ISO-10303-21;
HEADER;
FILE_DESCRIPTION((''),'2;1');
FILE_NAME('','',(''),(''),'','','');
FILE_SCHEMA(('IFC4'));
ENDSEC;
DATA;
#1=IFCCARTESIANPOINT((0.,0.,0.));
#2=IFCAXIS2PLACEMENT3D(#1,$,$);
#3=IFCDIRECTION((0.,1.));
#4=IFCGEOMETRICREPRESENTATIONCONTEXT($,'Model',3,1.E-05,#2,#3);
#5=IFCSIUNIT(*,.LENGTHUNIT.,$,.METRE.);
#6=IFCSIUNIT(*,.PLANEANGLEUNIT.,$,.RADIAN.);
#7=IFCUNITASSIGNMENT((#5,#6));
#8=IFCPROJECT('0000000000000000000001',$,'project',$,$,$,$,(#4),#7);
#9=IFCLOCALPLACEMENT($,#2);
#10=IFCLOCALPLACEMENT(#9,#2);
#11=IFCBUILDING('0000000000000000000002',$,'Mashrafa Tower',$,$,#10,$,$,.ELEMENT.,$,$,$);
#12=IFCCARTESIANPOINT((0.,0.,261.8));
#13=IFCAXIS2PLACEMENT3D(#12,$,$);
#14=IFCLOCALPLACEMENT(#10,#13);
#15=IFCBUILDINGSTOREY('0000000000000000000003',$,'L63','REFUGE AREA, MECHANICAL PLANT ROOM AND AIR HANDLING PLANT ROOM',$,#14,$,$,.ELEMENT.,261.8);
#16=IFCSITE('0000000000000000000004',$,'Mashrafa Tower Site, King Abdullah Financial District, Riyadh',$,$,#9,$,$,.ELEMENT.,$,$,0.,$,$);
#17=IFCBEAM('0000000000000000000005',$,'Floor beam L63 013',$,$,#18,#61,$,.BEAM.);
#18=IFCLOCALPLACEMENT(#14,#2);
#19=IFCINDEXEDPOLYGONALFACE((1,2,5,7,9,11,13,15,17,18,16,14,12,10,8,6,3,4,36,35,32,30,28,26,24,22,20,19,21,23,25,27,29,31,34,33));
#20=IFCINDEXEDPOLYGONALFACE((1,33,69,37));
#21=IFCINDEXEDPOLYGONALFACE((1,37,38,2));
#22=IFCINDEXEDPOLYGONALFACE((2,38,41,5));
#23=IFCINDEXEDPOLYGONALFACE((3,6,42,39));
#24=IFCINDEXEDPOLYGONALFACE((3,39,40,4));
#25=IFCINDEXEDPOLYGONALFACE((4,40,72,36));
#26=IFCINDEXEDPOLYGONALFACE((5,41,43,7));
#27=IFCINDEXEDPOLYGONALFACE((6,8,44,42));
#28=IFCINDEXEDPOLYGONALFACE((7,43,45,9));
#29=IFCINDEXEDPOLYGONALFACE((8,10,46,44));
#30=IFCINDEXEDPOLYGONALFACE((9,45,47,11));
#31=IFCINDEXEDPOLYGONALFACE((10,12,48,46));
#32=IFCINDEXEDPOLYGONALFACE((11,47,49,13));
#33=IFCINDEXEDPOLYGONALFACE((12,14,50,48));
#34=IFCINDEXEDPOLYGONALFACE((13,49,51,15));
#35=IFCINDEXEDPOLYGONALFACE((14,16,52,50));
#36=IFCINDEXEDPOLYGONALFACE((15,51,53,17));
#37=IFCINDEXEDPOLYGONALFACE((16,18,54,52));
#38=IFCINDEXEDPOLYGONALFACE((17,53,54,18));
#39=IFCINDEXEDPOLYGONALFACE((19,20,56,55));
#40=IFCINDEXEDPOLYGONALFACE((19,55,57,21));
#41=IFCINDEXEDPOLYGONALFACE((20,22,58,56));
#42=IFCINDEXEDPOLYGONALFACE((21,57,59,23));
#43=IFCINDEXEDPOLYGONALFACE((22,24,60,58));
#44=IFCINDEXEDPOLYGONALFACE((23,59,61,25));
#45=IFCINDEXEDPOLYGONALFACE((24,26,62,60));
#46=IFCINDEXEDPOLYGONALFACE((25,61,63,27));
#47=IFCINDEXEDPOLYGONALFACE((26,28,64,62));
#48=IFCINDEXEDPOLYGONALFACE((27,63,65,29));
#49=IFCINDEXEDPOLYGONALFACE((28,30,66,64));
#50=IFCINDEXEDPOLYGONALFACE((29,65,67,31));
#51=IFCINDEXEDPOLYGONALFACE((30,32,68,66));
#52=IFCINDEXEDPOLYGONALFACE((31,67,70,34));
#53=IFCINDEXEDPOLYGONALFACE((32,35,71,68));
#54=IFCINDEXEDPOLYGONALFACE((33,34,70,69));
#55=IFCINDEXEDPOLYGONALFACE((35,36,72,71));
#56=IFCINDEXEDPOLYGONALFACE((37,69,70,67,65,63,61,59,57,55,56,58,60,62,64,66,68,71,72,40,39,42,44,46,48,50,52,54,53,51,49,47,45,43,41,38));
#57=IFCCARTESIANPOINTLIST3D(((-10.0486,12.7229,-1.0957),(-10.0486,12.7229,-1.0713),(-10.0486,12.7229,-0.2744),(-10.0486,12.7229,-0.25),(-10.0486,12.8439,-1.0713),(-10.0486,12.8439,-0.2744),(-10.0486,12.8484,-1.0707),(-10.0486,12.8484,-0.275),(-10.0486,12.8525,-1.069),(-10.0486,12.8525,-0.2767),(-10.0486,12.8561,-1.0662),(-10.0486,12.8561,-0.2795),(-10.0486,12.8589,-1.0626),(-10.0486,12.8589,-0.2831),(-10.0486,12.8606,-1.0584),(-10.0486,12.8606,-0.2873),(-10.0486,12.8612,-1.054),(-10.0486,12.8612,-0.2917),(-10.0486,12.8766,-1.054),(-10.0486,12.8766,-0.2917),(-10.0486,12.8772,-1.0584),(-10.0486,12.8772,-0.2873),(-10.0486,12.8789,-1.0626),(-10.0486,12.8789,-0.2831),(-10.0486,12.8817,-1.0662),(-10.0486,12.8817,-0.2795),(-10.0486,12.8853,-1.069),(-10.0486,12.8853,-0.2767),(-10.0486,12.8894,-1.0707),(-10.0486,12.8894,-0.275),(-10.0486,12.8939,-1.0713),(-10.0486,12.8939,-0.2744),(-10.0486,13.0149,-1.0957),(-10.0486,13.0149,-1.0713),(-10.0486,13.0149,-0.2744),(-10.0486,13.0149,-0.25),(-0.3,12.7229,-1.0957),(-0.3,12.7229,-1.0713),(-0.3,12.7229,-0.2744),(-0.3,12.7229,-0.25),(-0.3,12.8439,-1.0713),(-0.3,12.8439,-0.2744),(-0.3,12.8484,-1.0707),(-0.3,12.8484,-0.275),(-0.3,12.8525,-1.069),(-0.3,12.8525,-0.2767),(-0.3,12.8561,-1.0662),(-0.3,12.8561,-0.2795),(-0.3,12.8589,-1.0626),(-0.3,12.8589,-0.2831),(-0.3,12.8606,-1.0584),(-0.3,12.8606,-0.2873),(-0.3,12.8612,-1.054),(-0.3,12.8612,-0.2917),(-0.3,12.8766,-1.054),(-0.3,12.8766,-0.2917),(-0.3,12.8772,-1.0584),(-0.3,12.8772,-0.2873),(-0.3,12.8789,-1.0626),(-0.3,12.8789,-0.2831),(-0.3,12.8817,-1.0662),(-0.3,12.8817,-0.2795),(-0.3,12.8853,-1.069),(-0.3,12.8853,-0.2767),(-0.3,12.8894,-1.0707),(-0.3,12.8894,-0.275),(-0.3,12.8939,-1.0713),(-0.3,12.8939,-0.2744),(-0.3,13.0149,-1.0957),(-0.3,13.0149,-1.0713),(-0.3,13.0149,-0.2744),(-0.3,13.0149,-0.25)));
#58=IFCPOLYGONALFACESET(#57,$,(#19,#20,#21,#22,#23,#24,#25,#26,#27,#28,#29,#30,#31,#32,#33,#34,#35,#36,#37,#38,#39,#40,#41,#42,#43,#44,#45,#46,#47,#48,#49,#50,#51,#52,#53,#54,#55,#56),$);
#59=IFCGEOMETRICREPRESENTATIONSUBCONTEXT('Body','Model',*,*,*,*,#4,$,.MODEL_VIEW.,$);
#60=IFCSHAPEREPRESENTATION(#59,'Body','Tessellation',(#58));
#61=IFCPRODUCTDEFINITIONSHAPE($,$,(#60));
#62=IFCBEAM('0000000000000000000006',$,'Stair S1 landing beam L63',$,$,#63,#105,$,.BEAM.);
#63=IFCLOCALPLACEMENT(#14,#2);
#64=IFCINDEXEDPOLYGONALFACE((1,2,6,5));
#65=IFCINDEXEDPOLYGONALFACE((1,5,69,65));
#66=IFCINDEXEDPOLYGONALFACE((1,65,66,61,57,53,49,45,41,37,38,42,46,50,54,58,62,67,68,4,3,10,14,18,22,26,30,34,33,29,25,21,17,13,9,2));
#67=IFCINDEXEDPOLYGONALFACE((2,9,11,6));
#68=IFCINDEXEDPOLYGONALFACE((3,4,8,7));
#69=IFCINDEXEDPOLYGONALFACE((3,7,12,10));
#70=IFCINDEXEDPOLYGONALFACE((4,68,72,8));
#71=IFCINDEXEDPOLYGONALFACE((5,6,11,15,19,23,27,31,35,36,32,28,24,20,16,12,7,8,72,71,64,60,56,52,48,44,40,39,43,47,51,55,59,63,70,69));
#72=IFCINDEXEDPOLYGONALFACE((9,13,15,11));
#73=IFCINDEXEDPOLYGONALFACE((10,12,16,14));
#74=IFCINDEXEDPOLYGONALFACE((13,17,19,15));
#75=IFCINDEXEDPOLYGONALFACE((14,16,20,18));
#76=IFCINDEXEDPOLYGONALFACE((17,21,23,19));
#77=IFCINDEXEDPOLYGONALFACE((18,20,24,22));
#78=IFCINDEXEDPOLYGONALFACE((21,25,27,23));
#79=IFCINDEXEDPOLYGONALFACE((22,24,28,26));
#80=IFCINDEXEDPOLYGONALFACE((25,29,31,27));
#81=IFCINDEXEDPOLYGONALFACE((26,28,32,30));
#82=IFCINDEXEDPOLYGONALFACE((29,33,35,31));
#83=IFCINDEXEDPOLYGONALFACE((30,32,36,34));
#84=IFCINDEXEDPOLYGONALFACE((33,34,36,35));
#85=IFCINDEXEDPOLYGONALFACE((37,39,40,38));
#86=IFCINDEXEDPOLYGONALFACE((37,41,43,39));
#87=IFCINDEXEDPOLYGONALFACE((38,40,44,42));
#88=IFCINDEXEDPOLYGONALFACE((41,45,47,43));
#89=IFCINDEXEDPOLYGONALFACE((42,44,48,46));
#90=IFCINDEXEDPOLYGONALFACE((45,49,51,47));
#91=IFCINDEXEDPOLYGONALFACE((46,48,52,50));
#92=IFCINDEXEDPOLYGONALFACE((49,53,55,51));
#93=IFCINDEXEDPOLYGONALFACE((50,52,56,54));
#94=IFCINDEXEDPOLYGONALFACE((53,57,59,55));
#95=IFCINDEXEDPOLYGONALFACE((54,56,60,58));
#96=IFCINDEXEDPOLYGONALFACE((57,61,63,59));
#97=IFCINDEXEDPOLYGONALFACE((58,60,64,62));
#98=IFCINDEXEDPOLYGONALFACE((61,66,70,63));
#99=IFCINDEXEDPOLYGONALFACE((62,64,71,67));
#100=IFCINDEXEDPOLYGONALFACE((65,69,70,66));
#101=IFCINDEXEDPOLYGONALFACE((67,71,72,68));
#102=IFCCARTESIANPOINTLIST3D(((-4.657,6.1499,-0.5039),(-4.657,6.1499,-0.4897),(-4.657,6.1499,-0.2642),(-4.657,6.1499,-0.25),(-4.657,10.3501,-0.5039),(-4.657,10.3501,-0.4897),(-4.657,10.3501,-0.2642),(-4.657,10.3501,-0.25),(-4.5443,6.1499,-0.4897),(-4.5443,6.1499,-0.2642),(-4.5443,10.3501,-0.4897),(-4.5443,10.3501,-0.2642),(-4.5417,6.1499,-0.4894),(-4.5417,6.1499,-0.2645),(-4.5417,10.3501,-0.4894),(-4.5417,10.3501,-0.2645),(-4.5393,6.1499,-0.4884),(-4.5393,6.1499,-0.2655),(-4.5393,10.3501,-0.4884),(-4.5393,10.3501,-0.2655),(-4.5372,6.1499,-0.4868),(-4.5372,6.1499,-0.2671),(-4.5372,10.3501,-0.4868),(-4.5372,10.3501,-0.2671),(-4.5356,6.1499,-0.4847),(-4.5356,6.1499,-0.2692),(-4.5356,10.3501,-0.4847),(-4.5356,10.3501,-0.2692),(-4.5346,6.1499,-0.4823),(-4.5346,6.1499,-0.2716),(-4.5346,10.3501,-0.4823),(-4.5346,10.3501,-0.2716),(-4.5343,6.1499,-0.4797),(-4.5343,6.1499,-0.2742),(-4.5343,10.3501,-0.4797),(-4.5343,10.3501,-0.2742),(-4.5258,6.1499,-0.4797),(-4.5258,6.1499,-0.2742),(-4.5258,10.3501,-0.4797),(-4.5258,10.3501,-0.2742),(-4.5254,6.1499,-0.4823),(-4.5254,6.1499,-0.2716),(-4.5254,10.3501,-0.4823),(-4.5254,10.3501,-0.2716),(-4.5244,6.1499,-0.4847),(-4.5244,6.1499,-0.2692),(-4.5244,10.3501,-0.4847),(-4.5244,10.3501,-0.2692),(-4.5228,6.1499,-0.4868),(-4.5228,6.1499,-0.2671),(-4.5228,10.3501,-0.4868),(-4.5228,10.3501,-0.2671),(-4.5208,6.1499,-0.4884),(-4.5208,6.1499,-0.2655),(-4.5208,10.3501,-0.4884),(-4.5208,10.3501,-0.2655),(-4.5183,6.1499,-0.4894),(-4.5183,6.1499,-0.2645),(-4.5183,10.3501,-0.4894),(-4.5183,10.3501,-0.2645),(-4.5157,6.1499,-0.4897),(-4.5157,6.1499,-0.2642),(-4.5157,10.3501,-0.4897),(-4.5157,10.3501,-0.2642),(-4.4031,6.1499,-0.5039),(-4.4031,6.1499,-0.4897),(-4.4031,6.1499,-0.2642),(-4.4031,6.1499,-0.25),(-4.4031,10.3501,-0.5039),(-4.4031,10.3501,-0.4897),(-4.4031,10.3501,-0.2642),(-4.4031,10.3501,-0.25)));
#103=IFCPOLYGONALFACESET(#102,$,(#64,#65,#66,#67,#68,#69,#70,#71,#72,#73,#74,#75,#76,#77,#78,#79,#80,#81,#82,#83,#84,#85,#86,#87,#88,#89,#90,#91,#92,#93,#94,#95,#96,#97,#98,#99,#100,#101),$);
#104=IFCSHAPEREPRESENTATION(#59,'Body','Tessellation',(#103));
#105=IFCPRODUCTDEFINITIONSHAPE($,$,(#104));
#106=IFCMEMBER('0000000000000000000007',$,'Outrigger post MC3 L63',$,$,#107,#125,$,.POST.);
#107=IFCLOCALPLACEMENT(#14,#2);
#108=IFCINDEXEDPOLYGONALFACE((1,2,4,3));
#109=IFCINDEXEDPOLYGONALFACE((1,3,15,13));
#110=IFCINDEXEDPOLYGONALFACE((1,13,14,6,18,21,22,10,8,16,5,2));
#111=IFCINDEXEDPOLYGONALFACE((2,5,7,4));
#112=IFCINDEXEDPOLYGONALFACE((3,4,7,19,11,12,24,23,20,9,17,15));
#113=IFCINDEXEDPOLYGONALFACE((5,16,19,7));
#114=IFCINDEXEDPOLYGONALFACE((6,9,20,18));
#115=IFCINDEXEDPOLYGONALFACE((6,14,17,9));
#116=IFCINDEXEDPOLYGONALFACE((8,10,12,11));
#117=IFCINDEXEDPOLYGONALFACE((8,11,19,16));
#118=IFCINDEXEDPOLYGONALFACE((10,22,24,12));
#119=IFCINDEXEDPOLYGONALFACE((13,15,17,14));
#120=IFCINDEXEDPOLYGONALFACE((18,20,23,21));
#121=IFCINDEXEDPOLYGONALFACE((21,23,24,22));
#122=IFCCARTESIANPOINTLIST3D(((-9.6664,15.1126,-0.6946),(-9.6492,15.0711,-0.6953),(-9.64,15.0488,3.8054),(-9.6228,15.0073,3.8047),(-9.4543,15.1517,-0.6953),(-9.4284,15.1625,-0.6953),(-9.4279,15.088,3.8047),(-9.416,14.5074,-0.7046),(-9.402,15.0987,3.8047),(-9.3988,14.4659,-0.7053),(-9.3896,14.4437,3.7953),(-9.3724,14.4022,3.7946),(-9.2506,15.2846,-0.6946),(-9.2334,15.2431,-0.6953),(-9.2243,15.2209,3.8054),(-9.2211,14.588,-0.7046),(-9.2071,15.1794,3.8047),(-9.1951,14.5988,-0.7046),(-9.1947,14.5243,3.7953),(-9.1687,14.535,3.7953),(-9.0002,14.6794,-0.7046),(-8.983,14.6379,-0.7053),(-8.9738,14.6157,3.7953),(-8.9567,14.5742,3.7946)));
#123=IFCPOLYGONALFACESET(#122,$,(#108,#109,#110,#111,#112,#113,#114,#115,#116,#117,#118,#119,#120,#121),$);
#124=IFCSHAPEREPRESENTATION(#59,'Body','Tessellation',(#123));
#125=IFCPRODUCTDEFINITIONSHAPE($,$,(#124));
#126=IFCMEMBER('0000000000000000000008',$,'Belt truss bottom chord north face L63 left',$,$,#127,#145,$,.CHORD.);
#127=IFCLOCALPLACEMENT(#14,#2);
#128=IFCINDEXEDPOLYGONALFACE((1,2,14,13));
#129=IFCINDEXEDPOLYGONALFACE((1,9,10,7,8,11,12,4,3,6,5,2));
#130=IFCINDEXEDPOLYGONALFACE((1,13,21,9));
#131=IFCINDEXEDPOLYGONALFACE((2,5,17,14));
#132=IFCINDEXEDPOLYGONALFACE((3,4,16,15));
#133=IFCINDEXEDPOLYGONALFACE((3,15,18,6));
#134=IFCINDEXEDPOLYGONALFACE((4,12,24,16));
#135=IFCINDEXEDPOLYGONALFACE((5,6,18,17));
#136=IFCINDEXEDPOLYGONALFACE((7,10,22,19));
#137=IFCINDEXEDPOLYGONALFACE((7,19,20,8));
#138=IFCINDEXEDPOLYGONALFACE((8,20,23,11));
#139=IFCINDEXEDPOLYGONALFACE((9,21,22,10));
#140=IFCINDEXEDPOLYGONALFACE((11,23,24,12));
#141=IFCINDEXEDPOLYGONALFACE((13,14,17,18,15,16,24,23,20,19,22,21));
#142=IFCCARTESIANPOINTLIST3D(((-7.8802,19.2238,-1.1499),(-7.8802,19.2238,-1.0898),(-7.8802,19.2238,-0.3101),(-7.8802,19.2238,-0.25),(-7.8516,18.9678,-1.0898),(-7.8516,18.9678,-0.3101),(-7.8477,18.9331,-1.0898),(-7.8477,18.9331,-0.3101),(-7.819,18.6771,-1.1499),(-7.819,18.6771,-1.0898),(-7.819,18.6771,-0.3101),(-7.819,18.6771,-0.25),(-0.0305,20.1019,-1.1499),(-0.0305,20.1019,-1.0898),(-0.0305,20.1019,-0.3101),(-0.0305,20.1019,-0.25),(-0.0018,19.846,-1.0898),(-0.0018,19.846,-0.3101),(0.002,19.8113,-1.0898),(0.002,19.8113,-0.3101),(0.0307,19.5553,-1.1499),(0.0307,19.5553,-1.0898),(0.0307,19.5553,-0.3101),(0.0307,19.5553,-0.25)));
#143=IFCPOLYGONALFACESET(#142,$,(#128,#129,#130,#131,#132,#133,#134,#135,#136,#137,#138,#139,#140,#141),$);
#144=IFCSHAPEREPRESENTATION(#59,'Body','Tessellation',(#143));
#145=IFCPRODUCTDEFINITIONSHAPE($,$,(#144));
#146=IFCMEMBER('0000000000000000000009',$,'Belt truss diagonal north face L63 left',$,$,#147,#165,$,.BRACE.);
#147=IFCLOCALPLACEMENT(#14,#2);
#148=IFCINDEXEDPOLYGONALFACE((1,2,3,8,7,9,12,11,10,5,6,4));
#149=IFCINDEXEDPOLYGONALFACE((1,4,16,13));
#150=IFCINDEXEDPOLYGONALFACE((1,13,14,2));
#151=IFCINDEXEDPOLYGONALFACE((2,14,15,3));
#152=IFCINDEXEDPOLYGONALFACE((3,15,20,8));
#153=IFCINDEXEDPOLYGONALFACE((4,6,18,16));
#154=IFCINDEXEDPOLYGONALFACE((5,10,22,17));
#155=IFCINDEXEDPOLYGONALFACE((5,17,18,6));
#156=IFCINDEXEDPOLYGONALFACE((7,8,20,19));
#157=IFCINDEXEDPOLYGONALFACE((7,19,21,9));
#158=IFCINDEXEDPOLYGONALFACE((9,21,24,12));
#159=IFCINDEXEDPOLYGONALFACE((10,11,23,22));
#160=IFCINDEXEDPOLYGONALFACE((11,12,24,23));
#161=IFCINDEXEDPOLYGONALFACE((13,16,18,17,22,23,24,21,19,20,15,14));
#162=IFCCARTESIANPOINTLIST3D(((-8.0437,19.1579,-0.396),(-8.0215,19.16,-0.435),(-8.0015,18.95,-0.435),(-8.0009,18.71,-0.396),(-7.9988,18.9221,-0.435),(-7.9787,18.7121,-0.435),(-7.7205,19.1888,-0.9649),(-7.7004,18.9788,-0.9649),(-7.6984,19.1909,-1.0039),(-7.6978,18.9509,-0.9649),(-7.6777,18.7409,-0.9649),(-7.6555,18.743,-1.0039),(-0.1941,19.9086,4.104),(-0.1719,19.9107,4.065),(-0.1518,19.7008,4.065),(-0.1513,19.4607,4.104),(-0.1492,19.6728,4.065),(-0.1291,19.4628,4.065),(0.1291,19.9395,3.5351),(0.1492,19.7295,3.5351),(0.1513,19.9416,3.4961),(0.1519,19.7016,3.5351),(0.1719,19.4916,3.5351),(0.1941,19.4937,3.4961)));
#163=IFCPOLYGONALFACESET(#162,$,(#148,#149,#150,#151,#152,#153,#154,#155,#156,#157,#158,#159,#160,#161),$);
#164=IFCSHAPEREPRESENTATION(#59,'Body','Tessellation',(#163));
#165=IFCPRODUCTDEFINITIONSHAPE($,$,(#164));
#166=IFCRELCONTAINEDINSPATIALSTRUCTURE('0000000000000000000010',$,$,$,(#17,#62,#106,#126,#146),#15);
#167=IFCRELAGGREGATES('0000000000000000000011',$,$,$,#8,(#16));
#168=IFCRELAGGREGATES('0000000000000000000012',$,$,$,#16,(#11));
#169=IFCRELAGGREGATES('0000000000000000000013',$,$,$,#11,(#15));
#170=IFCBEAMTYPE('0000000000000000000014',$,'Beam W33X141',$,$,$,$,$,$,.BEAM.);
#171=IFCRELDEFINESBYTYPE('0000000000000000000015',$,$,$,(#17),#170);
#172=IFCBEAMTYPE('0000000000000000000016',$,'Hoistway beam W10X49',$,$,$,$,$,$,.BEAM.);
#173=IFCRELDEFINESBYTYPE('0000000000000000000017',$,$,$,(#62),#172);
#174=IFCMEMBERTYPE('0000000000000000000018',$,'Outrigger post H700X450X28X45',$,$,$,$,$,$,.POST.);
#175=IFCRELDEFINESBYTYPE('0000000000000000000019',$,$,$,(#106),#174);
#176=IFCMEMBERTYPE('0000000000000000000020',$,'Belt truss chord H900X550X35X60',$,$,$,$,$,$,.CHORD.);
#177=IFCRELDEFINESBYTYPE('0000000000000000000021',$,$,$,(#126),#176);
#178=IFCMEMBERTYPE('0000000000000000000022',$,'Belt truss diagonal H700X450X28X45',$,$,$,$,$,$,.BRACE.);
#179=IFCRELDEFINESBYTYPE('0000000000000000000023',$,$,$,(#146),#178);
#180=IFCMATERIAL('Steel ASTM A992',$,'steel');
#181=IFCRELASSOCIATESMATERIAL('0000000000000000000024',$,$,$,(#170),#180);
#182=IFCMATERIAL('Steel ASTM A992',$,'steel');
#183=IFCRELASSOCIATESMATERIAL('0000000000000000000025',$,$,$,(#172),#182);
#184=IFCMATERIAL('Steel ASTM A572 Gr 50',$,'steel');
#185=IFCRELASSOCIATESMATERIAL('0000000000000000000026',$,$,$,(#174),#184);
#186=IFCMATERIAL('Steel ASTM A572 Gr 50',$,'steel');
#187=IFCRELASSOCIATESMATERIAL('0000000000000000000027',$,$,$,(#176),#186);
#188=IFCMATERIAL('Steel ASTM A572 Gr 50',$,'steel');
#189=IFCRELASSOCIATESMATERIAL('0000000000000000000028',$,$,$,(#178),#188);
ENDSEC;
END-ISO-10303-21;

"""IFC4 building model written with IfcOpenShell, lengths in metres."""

from ifc_helpers import new_model, si_unit, direction, frame, origin, origin_2d, place, context, subcontext, project, spatial, i_section, extrude, source, transform, mapped, material, material_profile, profile_set, type_object, type_shapes, element, save


model = new_model("IFC4")

# Units and contexts
model_context = context("Model", 3, precision=1e-05, world=origin(), true_north=direction((0.0, 1.0)))
body_context = subcontext(model_context, "Body", "Model", "MODEL_VIEW")
ifc_project = project(units=[si_unit("LENGTHUNIT", "METRE"), si_unit("PLANEANGLEUNIT", "RADIAN")], contexts=[model_context])

# Site, building, storey
site_placement = place(None, origin())
site = spatial("IfcSite", under=ifc_project, at=site_placement, Name="Mashrafa Tower Site, King Abdullah Financial District, Riyadh", CompositionType="ELEMENT", RefElevation=0.0)
building_placement = place(site_placement, origin())
building = spatial("IfcBuilding", under=site, at=building_placement, Name="Mashrafa Tower", CompositionType="ELEMENT")
storey_placement = place(building_placement, frame((0.0, 0.0, 261.8)))
storey = spatial("IfcBuildingStorey", under=building, at=storey_placement, Name="L63", Description="REFUGE AREA, MECHANICAL PLANT ROOM AND AIR HANDLING PLANT ROOM", CompositionType="ELEMENT", Elevation=261.8)

# Beams
ifc_material_1 = material(Name="Steel ASTM A992", Category="steel")
ifc_material_profile_1 = material_profile(ifc_material_1, i_section(OverallWidth=0.292, OverallDepth=0.8457, WebThickness=0.0154, FlangeThickness=0.0244, FilletRadius=0.0173, at=origin_2d()), Name="W33X141")
ifc_profile_set_1 = profile_set([ifc_material_profile_1], Name="Steel ASTM A992")
beam_type_1 = type_object("IfcBeamType", Name="Beam W33X141", PredefinedType="BEAM", material=ifc_profile_set_1)
beam_1_placement = place(storey_placement, frame((-10.0486, 12.8689, -0.6729), z_axis=(1.0, 0.0, 0.0), x_axis=(0.0, 1.0, 0.0)))
element("IfcBeam", 1, at=beam_1_placement, inside=storey, type_object=beam_type_1, Name="Floor beam L63 013", PredefinedType="BEAM", context=body_context, shape_type="SweptSolid", body=[
    extrude(i_section(OverallWidth=0.292, OverallDepth=0.8457, WebThickness=0.0154, FlangeThickness=0.0244, FilletRadius=0.0173, at=origin_2d()), origin(), (0.0, 0.0, 1.0), 9.7485),
])
ifc_material_2 = material(Name="Steel ASTM A992", Category="steel")
ifc_material_profile_2 = material_profile(ifc_material_2, i_section(OverallWidth=0.2539, OverallDepth=0.2539, WebThickness=0.0085, FlangeThickness=0.0142, FilletRadius=0.01, at=origin_2d()), Name="W10X49")
ifc_profile_set_2 = profile_set([ifc_material_profile_2], Name="Steel ASTM A992")
beam_type_2 = type_object("IfcBeamType", Name="Hoistway beam W10X49", PredefinedType="BEAM", material=ifc_profile_set_2)
beam_2_placement = place(storey_placement, frame((-4.53, 6.1499, -0.377), z_axis=(0.0, 1.0, 0.0), x_axis=(-1.0, 0.0, 0.0)))
element("IfcBeam", 2, at=beam_2_placement, inside=storey, type_object=beam_type_2, Name="Stair S1 landing beam L63", PredefinedType="BEAM", context=body_context, shape_type="SweptSolid", body=[
    extrude(i_section(OverallWidth=0.2539, OverallDepth=0.2539, WebThickness=0.0085, FlangeThickness=0.0142, FilletRadius=0.01, at=origin_2d()), origin(), (0.0, 0.0, 1.0), 4.2002),
])

# Members
ifc_material_3 = material(Name="Steel ASTM A572 Gr 50", Category="steel")
ifc_material_profile_3 = material_profile(ifc_material_3, i_section(OverallWidth=0.45, OverallDepth=0.7, WebThickness=0.0281, FlangeThickness=0.0449, at=origin_2d()), Name="H700X450X28X45")
ifc_profile_set_3 = profile_set([ifc_material_profile_3], Name="Steel ASTM A572 Gr 50")
member_type_1 = type_object("IfcMemberType", Name="Outrigger post H700X450X28X45", PredefinedType="POST", material=ifc_profile_set_3)
shared_shape_1 = source(origin(), body_context, "Body", "SweptSolid", [
    extrude(i_section(OverallWidth=0.45, OverallDepth=0.7, WebThickness=0.0281, FlangeThickness=0.0449, at=origin_2d()), origin(), (0.0, 0.0, 1.0), 4.5005),
])
type_shapes(member_type_1, [shared_shape_1])
member_1_placement = place(storey_placement, frame((-9.3247, 14.8752, -0.7), z_axis=(0.005859, -0.014158, 0.999883), x_axis=(0.924017, 0.382352, 0.0)))
element("IfcMember", 3, at=member_1_placement, inside=storey, type_object=member_type_1, Name="Outrigger post MC3 L63", PredefinedType="POST", context=body_context, shape_type="MappedRepresentation", body=[
    mapped(shared_shape_1, transform((0.0, 0.0, 0.0))),
])
ifc_material_4 = material(Name="Steel ASTM A572 Gr 50", Category="steel")
ifc_material_profile_4 = material_profile(ifc_material_4, i_section(OverallWidth=0.55, OverallDepth=0.8999, WebThickness=0.0349, FlangeThickness=0.0601, at=origin_2d()), Name="H900X550X35X60")
ifc_profile_set_4 = profile_set([ifc_material_profile_4], Name="Steel ASTM A572 Gr 50")
member_type_2 = type_object("IfcMemberType", Name="Belt truss chord H900X550X35X60", PredefinedType="CHORD", material=ifc_profile_set_4)
shared_shape_2 = source(origin(), body_context, "Body", "SweptSolid", [
    extrude(i_section(OverallWidth=0.55, OverallDepth=0.8999, WebThickness=0.0349, FlangeThickness=0.0601, at=origin_2d()), origin(), (0.0, 0.0, 1.0), 7.8987),
])
member_2_placement = place(storey_placement, frame((-7.8496, 18.9504, -0.7), z_axis=(0.9938, 0.111181, 0.0), x_axis=(-0.111181, 0.9938, 0.0)))
element("IfcMember", 4, at=member_2_placement, inside=storey, type_object=member_type_2, Name="Belt truss bottom chord north face L63 left", PredefinedType="CHORD", context=body_context, shape_type="MappedRepresentation", body=[
    mapped(shared_shape_2, transform((0.0, 0.0, 0.0))),
])
ifc_material_5 = material(Name="Steel ASTM A572 Gr 50", Category="steel")
ifc_material_profile_5 = material_profile(ifc_material_5, i_section(OverallWidth=0.45, OverallDepth=0.7, WebThickness=0.0281, FlangeThickness=0.0449, at=origin_2d()), Name="H700X450X28X45")
ifc_profile_set_5 = profile_set([ifc_material_profile_5], Name="Steel ASTM A572 Gr 50")
member_type_3 = type_object("IfcMemberType", Name="Belt truss diagonal H700X450X28X45", PredefinedType="BRACE", material=ifc_profile_set_5)
shared_shape_3 = source(origin(), body_context, "Body", "SweptSolid", [
    extrude(i_section(OverallWidth=0.45, OverallDepth=0.7, WebThickness=0.0281, FlangeThickness=0.0449, at=origin_2d()), origin(), (0.0, 0.0, 1.0), 9.0791),
])
type_shapes(member_type_3, [shared_shape_3])
for number, where, z_axis, x_axis, name in (
    (5, (-7.8496, 18.9504, -0.7), (0.864581, 0.082688, 0.495644), (-0.095205, 0.995458, 0.0), "Belt truss diagonal north face L63 left"),
):
    element("IfcMember", number, at=place(storey_placement, frame(where, z_axis=z_axis, x_axis=x_axis)), inside=storey, type_object=member_type_3, Name=name, PredefinedType="BRACE", context=body_context, shape_type="MappedRepresentation", body=[
        mapped(shared_shape_3, transform((0.0, 0.0, 0.0))),
    ])

save(model, "model.ifc")
